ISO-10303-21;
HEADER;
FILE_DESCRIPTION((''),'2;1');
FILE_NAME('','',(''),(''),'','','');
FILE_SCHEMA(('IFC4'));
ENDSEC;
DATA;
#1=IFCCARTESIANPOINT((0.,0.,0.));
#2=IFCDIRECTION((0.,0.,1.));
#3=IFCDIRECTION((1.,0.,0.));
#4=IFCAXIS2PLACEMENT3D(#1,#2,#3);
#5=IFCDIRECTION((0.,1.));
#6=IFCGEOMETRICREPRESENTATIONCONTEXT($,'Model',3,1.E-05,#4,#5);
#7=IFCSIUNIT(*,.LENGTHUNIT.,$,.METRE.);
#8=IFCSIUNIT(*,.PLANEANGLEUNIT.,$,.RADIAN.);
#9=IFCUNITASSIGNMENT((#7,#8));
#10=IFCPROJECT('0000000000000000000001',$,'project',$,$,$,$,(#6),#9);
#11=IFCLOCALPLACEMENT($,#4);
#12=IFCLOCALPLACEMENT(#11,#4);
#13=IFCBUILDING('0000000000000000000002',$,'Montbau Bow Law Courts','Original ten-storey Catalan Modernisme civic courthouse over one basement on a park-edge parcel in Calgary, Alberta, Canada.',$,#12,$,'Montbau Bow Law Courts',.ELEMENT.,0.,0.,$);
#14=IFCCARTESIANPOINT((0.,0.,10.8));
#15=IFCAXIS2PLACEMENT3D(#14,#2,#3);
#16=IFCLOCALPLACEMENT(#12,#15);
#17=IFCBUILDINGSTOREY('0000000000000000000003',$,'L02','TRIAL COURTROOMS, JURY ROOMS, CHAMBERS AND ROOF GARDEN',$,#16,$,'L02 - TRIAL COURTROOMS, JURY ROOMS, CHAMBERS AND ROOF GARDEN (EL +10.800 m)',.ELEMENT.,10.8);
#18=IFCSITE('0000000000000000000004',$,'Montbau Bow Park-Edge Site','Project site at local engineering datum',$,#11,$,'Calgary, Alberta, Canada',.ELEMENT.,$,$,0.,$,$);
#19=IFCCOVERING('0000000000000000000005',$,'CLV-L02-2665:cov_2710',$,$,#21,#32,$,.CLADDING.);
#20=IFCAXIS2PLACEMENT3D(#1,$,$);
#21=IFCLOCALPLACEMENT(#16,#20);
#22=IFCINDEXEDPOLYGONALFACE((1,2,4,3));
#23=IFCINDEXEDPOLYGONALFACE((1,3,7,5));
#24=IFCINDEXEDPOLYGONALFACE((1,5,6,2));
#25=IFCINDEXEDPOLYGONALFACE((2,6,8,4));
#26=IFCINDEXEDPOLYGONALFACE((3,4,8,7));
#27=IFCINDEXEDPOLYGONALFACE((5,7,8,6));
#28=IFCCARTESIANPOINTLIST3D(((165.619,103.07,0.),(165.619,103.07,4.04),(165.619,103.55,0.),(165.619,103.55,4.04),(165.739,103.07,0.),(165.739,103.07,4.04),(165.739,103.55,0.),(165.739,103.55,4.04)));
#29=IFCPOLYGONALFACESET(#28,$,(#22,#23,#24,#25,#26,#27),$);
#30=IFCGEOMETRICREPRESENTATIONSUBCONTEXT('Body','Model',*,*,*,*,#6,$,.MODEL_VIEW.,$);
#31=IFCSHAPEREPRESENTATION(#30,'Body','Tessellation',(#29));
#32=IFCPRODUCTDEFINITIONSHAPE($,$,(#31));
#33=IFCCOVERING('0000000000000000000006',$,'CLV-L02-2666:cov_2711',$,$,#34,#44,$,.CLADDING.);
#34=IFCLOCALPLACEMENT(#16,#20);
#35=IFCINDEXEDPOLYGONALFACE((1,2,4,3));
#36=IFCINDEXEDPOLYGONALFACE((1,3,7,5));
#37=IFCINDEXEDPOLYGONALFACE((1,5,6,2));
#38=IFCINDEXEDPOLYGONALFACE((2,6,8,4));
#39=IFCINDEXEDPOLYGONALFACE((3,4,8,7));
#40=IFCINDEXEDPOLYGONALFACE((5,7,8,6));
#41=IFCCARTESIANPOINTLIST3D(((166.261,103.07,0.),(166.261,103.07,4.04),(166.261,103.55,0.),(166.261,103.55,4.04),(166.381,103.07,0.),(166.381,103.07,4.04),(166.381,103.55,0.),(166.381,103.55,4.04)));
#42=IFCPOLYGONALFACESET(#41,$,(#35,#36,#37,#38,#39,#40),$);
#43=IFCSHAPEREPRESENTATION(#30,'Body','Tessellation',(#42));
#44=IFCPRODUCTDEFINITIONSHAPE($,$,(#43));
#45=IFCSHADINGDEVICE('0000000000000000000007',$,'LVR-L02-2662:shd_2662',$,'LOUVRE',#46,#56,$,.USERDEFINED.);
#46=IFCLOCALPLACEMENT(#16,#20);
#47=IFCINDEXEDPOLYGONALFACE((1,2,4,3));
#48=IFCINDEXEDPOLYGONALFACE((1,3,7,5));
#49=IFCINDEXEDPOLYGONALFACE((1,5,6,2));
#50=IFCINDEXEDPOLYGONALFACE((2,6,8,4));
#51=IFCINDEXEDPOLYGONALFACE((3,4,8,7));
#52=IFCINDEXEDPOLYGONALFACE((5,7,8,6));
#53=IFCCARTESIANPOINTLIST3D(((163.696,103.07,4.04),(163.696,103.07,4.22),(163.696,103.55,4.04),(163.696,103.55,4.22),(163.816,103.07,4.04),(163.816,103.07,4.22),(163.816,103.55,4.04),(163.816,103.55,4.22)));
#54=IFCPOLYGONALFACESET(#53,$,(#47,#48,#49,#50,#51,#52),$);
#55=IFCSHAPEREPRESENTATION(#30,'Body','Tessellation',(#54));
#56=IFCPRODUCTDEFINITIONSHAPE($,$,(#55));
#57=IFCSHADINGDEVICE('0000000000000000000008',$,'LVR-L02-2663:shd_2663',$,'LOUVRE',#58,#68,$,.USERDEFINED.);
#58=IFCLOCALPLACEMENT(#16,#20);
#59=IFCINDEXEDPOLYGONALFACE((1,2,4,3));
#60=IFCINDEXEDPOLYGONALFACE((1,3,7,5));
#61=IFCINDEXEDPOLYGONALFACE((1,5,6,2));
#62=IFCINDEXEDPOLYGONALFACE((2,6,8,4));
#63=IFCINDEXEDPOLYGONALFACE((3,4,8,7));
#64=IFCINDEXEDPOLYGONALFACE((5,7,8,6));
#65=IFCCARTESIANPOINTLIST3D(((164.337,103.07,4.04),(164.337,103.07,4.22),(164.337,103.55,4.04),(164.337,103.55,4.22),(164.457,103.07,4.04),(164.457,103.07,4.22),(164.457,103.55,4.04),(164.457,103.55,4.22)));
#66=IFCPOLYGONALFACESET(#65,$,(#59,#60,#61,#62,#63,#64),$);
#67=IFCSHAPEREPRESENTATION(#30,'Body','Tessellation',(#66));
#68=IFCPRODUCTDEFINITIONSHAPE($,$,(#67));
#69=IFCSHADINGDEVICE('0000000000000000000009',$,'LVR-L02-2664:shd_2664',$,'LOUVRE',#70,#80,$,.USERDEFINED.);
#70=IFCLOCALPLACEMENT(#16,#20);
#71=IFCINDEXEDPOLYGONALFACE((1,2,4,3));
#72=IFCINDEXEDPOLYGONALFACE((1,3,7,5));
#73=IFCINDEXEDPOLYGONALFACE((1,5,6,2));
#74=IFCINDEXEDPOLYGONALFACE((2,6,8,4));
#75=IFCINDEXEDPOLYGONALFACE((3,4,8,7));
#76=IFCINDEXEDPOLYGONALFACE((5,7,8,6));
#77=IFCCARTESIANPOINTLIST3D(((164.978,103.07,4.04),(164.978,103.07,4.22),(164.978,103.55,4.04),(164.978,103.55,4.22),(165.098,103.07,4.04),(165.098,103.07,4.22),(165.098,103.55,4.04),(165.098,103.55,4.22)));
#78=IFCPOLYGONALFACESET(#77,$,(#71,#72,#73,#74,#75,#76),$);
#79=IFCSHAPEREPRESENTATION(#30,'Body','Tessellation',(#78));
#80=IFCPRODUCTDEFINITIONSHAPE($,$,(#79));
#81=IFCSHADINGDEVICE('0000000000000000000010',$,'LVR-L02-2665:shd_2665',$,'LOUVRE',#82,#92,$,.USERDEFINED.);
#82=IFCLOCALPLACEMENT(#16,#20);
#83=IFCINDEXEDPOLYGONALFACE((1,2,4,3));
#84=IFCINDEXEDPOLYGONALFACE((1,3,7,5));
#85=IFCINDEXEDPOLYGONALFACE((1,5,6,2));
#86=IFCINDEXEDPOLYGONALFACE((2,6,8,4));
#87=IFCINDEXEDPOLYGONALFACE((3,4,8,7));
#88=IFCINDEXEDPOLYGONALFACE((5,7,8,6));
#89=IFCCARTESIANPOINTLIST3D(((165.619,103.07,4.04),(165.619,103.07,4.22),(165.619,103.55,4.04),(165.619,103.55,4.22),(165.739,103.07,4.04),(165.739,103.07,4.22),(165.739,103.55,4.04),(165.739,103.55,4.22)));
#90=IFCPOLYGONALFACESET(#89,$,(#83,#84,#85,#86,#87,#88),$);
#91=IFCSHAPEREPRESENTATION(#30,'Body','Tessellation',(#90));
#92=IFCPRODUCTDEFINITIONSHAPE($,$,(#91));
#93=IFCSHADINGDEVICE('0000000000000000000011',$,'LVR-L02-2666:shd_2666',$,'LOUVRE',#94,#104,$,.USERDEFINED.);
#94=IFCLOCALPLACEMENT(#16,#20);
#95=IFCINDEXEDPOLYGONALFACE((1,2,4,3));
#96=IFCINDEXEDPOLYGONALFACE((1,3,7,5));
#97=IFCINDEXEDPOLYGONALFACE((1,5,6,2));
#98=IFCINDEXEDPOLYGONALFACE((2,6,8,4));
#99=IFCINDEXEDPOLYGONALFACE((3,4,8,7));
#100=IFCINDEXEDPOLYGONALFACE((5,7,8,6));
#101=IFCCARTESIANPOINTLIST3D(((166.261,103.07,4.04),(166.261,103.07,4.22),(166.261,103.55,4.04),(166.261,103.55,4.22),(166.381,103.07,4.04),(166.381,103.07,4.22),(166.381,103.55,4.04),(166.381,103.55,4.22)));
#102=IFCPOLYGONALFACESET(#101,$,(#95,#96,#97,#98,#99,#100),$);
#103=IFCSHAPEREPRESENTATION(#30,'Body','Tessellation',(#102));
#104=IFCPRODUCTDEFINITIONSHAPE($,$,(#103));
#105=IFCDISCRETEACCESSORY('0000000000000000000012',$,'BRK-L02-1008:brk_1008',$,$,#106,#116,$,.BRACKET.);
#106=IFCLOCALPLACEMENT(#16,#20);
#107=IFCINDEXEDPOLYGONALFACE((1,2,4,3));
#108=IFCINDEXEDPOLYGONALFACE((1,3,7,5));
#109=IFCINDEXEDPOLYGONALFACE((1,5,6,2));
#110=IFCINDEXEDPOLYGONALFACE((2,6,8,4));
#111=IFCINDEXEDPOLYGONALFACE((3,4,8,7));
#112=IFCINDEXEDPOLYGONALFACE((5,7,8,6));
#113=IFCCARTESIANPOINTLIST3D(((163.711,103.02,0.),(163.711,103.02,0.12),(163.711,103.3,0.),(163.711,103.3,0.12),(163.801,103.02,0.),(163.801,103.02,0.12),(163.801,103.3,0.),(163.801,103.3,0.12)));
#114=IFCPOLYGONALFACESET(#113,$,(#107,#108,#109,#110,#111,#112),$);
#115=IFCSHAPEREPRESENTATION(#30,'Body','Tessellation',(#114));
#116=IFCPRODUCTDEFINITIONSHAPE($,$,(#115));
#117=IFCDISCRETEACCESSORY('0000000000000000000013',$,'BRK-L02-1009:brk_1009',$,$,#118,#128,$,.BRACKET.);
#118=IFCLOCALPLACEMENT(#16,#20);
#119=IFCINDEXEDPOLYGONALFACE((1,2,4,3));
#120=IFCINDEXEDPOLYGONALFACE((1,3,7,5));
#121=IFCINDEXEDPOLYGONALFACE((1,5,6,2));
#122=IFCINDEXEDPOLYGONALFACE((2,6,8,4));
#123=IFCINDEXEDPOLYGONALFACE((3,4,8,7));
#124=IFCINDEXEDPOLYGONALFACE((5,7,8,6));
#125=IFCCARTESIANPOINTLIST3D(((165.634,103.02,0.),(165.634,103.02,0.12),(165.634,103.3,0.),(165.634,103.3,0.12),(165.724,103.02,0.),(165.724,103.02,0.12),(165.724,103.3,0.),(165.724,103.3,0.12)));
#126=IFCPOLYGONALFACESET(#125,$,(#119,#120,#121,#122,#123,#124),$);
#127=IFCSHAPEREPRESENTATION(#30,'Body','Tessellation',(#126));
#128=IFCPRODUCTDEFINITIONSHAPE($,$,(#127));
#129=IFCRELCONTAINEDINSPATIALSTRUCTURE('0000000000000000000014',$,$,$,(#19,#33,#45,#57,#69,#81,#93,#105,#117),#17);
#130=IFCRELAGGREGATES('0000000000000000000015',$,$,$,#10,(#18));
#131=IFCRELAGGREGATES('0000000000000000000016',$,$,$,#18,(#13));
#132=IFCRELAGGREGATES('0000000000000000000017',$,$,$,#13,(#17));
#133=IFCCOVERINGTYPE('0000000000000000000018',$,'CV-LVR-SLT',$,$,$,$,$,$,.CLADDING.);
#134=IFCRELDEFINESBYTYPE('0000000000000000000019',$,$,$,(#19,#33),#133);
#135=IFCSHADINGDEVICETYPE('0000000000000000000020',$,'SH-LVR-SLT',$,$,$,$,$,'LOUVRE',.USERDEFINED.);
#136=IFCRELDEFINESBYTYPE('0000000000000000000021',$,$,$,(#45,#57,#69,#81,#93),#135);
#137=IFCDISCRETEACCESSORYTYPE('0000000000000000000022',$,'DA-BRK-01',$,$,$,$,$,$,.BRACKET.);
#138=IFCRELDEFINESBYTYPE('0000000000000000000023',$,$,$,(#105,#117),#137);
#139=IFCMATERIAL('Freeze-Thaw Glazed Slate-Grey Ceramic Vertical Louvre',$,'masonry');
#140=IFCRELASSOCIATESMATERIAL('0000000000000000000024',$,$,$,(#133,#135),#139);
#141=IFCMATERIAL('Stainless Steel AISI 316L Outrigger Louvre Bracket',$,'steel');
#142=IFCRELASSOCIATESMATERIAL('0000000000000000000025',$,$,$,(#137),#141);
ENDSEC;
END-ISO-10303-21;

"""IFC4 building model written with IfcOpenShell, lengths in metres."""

from ifc_helpers import new_model, si_unit, direction, frame, frame_2d, origin_with_axes, origin_2d_with_axis, place, context, subcontext, project, spatial, rectangle, extrude, material, type_object, element, save


model = new_model("IFC4")

# Units and contexts
model_context = context("Model", 3, precision=1e-05, world=origin_with_axes(), true_north=direction((0.0, 1.0)))
body_context = subcontext(model_context, "Body", "Model", "MODEL_VIEW")
ifc_project = project(units=[si_unit("LENGTHUNIT", "METRE"), si_unit("PLANEANGLEUNIT", "RADIAN")], contexts=[model_context])

# Site, building, storey
site_placement = place(None, origin_with_axes())
site = spatial("IfcSite", under=ifc_project, at=site_placement, Name="Montbau Bow Park-Edge Site", Description="Project site at local engineering datum", LongName="Calgary, Alberta, Canada", CompositionType="ELEMENT", RefElevation=0.0)
building_placement = place(site_placement, origin_with_axes())
building = spatial("IfcBuilding", under=site, at=building_placement, Name="Montbau Bow Law Courts", Description="Original ten-storey Catalan Modernisme civic courthouse over one basement on a park-edge parcel in Calgary, Alberta, Canada.", LongName="Montbau Bow Law Courts", CompositionType="ELEMENT", ElevationOfRefHeight=0.0, ElevationOfTerrain=0.0)
storey_placement = place(building_placement, frame((0.0, 0.0, 10.8), z_axis=(0.0, 0.0, 1.0), x_axis=(1.0, 0.0, 0.0)))
storey = spatial("IfcBuildingStorey", under=building, at=storey_placement, Name="L02", Description="TRIAL COURTROOMS, JURY ROOMS, CHAMBERS AND ROOF GARDEN", LongName="L02 - TRIAL COURTROOMS, JURY ROOMS, CHAMBERS AND ROOF GARDEN (EL +10.800 m)", CompositionType="ELEMENT", Elevation=10.8)

# Coverings
ifc_material_1 = material(Name="Freeze-Thaw Glazed Slate-Grey Ceramic Vertical Louvre", Category="masonry")
covering_type = type_object("IfcCoveringType", Name="CV-LVR-SLT", PredefinedType="CLADDING", material=ifc_material_1)
for number, where, z_axis, x_axis, name in (
    (1, (165.679, 103.07, 10.8), (1.0, 0.0, 0.0), (0.0, 1.0, 0.0), "CLV-L02-2665:cov_2710"),
    (2, (166.321, 103.07, 10.8), (1.0, 0.0, 0.0), (0.0, 1.0, 0.0), "CLV-L02-2666:cov_2711"),
):
    element("IfcCovering", number, at=place(None, frame(where, z_axis=z_axis, x_axis=x_axis)), inside=storey, type_object=covering_type, Name=name, PredefinedType="CLADDING", context=body_context, shape_type="SweptSolid", body=[
        extrude(rectangle(XDim=0.48, YDim=4.04, at=frame_2d((0.24, 2.02), x_axis=(1.0, 0.0))), frame((0.0, 0.0, -0.06), z_axis=(0.0, 0.0, 1.0), x_axis=(1.0, 0.0, 0.0)), (0.0, 0.0, 1.0), 0.12),
    ])

# Shading devices
shading_device_type = type_object("IfcShadingDeviceType", Name="SH-LVR-SLT", ElementType="LOUVRE", PredefinedType="USERDEFINED", material=ifc_material_1)
for number, where, z_axis, x_axis, name in (
    (3, (163.756, 103.31, 14.84), (0.0, 0.0, 1.0), (0.0, 1.0, 0.0), "LVR-L02-2662:shd_2662"),
    (4, (164.397, 103.31, 14.84), (0.0, 0.0, 1.0), (0.0, 1.0, 0.0), "LVR-L02-2663:shd_2663"),
    (5, (165.038, 103.31, 14.84), (0.0, 0.0, 1.0), (0.0, 1.0, 0.0), "LVR-L02-2664:shd_2664"),
    (6, (165.679, 103.31, 14.84), (0.0, 0.0, 1.0), (0.0, 1.0, 0.0), "LVR-L02-2665:shd_2665"),
    (7, (166.321, 103.31, 14.84), (0.0, 0.0, 1.0), (0.0, 1.0, 0.0), "LVR-L02-2666:shd_2666"),
):
    element("IfcShadingDevice", number, at=place(None, frame(where, z_axis=z_axis, x_axis=x_axis)), inside=storey, type_object=shading_device_type, Name=name, ObjectType="LOUVRE", PredefinedType="USERDEFINED", context=body_context, shape_type="SweptSolid", body=[
        extrude(rectangle(XDim=0.48, YDim=0.12, at=origin_2d_with_axis()), origin_with_axes(), (0.0, 0.0, 1.0), 0.18),
    ])

# Discrete accessories
ifc_material_2 = material(Name="Stainless Steel AISI 316L Outrigger Louvre Bracket", Category="steel")
discrete_accessory_type = type_object("IfcDiscreteAccessoryType", Name="DA-BRK-01", PredefinedType="BRACKET", material=ifc_material_2)
for number, where, z_axis, x_axis, name in (
    (8, (163.756, 103.16, 10.8), (0.0, 0.0, 1.0), (0.0, 1.0, 0.0), "BRK-L02-1008:brk_1008"),
    (9, (165.679, 103.16, 10.8), (0.0, 0.0, 1.0), (0.0, 1.0, 0.0), "BRK-L02-1009:brk_1009"),
):
    element("IfcDiscreteAccessory", number, at=place(None, frame(where, z_axis=z_axis, x_axis=x_axis)), inside=storey, type_object=discrete_accessory_type, Name=name, PredefinedType="BRACKET", context=body_context, shape_type="SweptSolid", body=[
        extrude(rectangle(XDim=0.28, YDim=0.09, at=origin_2d_with_axis()), origin_with_axes(), (0.0, 0.0, 1.0), 0.12),
    ])

save(model, "model.ifc")
